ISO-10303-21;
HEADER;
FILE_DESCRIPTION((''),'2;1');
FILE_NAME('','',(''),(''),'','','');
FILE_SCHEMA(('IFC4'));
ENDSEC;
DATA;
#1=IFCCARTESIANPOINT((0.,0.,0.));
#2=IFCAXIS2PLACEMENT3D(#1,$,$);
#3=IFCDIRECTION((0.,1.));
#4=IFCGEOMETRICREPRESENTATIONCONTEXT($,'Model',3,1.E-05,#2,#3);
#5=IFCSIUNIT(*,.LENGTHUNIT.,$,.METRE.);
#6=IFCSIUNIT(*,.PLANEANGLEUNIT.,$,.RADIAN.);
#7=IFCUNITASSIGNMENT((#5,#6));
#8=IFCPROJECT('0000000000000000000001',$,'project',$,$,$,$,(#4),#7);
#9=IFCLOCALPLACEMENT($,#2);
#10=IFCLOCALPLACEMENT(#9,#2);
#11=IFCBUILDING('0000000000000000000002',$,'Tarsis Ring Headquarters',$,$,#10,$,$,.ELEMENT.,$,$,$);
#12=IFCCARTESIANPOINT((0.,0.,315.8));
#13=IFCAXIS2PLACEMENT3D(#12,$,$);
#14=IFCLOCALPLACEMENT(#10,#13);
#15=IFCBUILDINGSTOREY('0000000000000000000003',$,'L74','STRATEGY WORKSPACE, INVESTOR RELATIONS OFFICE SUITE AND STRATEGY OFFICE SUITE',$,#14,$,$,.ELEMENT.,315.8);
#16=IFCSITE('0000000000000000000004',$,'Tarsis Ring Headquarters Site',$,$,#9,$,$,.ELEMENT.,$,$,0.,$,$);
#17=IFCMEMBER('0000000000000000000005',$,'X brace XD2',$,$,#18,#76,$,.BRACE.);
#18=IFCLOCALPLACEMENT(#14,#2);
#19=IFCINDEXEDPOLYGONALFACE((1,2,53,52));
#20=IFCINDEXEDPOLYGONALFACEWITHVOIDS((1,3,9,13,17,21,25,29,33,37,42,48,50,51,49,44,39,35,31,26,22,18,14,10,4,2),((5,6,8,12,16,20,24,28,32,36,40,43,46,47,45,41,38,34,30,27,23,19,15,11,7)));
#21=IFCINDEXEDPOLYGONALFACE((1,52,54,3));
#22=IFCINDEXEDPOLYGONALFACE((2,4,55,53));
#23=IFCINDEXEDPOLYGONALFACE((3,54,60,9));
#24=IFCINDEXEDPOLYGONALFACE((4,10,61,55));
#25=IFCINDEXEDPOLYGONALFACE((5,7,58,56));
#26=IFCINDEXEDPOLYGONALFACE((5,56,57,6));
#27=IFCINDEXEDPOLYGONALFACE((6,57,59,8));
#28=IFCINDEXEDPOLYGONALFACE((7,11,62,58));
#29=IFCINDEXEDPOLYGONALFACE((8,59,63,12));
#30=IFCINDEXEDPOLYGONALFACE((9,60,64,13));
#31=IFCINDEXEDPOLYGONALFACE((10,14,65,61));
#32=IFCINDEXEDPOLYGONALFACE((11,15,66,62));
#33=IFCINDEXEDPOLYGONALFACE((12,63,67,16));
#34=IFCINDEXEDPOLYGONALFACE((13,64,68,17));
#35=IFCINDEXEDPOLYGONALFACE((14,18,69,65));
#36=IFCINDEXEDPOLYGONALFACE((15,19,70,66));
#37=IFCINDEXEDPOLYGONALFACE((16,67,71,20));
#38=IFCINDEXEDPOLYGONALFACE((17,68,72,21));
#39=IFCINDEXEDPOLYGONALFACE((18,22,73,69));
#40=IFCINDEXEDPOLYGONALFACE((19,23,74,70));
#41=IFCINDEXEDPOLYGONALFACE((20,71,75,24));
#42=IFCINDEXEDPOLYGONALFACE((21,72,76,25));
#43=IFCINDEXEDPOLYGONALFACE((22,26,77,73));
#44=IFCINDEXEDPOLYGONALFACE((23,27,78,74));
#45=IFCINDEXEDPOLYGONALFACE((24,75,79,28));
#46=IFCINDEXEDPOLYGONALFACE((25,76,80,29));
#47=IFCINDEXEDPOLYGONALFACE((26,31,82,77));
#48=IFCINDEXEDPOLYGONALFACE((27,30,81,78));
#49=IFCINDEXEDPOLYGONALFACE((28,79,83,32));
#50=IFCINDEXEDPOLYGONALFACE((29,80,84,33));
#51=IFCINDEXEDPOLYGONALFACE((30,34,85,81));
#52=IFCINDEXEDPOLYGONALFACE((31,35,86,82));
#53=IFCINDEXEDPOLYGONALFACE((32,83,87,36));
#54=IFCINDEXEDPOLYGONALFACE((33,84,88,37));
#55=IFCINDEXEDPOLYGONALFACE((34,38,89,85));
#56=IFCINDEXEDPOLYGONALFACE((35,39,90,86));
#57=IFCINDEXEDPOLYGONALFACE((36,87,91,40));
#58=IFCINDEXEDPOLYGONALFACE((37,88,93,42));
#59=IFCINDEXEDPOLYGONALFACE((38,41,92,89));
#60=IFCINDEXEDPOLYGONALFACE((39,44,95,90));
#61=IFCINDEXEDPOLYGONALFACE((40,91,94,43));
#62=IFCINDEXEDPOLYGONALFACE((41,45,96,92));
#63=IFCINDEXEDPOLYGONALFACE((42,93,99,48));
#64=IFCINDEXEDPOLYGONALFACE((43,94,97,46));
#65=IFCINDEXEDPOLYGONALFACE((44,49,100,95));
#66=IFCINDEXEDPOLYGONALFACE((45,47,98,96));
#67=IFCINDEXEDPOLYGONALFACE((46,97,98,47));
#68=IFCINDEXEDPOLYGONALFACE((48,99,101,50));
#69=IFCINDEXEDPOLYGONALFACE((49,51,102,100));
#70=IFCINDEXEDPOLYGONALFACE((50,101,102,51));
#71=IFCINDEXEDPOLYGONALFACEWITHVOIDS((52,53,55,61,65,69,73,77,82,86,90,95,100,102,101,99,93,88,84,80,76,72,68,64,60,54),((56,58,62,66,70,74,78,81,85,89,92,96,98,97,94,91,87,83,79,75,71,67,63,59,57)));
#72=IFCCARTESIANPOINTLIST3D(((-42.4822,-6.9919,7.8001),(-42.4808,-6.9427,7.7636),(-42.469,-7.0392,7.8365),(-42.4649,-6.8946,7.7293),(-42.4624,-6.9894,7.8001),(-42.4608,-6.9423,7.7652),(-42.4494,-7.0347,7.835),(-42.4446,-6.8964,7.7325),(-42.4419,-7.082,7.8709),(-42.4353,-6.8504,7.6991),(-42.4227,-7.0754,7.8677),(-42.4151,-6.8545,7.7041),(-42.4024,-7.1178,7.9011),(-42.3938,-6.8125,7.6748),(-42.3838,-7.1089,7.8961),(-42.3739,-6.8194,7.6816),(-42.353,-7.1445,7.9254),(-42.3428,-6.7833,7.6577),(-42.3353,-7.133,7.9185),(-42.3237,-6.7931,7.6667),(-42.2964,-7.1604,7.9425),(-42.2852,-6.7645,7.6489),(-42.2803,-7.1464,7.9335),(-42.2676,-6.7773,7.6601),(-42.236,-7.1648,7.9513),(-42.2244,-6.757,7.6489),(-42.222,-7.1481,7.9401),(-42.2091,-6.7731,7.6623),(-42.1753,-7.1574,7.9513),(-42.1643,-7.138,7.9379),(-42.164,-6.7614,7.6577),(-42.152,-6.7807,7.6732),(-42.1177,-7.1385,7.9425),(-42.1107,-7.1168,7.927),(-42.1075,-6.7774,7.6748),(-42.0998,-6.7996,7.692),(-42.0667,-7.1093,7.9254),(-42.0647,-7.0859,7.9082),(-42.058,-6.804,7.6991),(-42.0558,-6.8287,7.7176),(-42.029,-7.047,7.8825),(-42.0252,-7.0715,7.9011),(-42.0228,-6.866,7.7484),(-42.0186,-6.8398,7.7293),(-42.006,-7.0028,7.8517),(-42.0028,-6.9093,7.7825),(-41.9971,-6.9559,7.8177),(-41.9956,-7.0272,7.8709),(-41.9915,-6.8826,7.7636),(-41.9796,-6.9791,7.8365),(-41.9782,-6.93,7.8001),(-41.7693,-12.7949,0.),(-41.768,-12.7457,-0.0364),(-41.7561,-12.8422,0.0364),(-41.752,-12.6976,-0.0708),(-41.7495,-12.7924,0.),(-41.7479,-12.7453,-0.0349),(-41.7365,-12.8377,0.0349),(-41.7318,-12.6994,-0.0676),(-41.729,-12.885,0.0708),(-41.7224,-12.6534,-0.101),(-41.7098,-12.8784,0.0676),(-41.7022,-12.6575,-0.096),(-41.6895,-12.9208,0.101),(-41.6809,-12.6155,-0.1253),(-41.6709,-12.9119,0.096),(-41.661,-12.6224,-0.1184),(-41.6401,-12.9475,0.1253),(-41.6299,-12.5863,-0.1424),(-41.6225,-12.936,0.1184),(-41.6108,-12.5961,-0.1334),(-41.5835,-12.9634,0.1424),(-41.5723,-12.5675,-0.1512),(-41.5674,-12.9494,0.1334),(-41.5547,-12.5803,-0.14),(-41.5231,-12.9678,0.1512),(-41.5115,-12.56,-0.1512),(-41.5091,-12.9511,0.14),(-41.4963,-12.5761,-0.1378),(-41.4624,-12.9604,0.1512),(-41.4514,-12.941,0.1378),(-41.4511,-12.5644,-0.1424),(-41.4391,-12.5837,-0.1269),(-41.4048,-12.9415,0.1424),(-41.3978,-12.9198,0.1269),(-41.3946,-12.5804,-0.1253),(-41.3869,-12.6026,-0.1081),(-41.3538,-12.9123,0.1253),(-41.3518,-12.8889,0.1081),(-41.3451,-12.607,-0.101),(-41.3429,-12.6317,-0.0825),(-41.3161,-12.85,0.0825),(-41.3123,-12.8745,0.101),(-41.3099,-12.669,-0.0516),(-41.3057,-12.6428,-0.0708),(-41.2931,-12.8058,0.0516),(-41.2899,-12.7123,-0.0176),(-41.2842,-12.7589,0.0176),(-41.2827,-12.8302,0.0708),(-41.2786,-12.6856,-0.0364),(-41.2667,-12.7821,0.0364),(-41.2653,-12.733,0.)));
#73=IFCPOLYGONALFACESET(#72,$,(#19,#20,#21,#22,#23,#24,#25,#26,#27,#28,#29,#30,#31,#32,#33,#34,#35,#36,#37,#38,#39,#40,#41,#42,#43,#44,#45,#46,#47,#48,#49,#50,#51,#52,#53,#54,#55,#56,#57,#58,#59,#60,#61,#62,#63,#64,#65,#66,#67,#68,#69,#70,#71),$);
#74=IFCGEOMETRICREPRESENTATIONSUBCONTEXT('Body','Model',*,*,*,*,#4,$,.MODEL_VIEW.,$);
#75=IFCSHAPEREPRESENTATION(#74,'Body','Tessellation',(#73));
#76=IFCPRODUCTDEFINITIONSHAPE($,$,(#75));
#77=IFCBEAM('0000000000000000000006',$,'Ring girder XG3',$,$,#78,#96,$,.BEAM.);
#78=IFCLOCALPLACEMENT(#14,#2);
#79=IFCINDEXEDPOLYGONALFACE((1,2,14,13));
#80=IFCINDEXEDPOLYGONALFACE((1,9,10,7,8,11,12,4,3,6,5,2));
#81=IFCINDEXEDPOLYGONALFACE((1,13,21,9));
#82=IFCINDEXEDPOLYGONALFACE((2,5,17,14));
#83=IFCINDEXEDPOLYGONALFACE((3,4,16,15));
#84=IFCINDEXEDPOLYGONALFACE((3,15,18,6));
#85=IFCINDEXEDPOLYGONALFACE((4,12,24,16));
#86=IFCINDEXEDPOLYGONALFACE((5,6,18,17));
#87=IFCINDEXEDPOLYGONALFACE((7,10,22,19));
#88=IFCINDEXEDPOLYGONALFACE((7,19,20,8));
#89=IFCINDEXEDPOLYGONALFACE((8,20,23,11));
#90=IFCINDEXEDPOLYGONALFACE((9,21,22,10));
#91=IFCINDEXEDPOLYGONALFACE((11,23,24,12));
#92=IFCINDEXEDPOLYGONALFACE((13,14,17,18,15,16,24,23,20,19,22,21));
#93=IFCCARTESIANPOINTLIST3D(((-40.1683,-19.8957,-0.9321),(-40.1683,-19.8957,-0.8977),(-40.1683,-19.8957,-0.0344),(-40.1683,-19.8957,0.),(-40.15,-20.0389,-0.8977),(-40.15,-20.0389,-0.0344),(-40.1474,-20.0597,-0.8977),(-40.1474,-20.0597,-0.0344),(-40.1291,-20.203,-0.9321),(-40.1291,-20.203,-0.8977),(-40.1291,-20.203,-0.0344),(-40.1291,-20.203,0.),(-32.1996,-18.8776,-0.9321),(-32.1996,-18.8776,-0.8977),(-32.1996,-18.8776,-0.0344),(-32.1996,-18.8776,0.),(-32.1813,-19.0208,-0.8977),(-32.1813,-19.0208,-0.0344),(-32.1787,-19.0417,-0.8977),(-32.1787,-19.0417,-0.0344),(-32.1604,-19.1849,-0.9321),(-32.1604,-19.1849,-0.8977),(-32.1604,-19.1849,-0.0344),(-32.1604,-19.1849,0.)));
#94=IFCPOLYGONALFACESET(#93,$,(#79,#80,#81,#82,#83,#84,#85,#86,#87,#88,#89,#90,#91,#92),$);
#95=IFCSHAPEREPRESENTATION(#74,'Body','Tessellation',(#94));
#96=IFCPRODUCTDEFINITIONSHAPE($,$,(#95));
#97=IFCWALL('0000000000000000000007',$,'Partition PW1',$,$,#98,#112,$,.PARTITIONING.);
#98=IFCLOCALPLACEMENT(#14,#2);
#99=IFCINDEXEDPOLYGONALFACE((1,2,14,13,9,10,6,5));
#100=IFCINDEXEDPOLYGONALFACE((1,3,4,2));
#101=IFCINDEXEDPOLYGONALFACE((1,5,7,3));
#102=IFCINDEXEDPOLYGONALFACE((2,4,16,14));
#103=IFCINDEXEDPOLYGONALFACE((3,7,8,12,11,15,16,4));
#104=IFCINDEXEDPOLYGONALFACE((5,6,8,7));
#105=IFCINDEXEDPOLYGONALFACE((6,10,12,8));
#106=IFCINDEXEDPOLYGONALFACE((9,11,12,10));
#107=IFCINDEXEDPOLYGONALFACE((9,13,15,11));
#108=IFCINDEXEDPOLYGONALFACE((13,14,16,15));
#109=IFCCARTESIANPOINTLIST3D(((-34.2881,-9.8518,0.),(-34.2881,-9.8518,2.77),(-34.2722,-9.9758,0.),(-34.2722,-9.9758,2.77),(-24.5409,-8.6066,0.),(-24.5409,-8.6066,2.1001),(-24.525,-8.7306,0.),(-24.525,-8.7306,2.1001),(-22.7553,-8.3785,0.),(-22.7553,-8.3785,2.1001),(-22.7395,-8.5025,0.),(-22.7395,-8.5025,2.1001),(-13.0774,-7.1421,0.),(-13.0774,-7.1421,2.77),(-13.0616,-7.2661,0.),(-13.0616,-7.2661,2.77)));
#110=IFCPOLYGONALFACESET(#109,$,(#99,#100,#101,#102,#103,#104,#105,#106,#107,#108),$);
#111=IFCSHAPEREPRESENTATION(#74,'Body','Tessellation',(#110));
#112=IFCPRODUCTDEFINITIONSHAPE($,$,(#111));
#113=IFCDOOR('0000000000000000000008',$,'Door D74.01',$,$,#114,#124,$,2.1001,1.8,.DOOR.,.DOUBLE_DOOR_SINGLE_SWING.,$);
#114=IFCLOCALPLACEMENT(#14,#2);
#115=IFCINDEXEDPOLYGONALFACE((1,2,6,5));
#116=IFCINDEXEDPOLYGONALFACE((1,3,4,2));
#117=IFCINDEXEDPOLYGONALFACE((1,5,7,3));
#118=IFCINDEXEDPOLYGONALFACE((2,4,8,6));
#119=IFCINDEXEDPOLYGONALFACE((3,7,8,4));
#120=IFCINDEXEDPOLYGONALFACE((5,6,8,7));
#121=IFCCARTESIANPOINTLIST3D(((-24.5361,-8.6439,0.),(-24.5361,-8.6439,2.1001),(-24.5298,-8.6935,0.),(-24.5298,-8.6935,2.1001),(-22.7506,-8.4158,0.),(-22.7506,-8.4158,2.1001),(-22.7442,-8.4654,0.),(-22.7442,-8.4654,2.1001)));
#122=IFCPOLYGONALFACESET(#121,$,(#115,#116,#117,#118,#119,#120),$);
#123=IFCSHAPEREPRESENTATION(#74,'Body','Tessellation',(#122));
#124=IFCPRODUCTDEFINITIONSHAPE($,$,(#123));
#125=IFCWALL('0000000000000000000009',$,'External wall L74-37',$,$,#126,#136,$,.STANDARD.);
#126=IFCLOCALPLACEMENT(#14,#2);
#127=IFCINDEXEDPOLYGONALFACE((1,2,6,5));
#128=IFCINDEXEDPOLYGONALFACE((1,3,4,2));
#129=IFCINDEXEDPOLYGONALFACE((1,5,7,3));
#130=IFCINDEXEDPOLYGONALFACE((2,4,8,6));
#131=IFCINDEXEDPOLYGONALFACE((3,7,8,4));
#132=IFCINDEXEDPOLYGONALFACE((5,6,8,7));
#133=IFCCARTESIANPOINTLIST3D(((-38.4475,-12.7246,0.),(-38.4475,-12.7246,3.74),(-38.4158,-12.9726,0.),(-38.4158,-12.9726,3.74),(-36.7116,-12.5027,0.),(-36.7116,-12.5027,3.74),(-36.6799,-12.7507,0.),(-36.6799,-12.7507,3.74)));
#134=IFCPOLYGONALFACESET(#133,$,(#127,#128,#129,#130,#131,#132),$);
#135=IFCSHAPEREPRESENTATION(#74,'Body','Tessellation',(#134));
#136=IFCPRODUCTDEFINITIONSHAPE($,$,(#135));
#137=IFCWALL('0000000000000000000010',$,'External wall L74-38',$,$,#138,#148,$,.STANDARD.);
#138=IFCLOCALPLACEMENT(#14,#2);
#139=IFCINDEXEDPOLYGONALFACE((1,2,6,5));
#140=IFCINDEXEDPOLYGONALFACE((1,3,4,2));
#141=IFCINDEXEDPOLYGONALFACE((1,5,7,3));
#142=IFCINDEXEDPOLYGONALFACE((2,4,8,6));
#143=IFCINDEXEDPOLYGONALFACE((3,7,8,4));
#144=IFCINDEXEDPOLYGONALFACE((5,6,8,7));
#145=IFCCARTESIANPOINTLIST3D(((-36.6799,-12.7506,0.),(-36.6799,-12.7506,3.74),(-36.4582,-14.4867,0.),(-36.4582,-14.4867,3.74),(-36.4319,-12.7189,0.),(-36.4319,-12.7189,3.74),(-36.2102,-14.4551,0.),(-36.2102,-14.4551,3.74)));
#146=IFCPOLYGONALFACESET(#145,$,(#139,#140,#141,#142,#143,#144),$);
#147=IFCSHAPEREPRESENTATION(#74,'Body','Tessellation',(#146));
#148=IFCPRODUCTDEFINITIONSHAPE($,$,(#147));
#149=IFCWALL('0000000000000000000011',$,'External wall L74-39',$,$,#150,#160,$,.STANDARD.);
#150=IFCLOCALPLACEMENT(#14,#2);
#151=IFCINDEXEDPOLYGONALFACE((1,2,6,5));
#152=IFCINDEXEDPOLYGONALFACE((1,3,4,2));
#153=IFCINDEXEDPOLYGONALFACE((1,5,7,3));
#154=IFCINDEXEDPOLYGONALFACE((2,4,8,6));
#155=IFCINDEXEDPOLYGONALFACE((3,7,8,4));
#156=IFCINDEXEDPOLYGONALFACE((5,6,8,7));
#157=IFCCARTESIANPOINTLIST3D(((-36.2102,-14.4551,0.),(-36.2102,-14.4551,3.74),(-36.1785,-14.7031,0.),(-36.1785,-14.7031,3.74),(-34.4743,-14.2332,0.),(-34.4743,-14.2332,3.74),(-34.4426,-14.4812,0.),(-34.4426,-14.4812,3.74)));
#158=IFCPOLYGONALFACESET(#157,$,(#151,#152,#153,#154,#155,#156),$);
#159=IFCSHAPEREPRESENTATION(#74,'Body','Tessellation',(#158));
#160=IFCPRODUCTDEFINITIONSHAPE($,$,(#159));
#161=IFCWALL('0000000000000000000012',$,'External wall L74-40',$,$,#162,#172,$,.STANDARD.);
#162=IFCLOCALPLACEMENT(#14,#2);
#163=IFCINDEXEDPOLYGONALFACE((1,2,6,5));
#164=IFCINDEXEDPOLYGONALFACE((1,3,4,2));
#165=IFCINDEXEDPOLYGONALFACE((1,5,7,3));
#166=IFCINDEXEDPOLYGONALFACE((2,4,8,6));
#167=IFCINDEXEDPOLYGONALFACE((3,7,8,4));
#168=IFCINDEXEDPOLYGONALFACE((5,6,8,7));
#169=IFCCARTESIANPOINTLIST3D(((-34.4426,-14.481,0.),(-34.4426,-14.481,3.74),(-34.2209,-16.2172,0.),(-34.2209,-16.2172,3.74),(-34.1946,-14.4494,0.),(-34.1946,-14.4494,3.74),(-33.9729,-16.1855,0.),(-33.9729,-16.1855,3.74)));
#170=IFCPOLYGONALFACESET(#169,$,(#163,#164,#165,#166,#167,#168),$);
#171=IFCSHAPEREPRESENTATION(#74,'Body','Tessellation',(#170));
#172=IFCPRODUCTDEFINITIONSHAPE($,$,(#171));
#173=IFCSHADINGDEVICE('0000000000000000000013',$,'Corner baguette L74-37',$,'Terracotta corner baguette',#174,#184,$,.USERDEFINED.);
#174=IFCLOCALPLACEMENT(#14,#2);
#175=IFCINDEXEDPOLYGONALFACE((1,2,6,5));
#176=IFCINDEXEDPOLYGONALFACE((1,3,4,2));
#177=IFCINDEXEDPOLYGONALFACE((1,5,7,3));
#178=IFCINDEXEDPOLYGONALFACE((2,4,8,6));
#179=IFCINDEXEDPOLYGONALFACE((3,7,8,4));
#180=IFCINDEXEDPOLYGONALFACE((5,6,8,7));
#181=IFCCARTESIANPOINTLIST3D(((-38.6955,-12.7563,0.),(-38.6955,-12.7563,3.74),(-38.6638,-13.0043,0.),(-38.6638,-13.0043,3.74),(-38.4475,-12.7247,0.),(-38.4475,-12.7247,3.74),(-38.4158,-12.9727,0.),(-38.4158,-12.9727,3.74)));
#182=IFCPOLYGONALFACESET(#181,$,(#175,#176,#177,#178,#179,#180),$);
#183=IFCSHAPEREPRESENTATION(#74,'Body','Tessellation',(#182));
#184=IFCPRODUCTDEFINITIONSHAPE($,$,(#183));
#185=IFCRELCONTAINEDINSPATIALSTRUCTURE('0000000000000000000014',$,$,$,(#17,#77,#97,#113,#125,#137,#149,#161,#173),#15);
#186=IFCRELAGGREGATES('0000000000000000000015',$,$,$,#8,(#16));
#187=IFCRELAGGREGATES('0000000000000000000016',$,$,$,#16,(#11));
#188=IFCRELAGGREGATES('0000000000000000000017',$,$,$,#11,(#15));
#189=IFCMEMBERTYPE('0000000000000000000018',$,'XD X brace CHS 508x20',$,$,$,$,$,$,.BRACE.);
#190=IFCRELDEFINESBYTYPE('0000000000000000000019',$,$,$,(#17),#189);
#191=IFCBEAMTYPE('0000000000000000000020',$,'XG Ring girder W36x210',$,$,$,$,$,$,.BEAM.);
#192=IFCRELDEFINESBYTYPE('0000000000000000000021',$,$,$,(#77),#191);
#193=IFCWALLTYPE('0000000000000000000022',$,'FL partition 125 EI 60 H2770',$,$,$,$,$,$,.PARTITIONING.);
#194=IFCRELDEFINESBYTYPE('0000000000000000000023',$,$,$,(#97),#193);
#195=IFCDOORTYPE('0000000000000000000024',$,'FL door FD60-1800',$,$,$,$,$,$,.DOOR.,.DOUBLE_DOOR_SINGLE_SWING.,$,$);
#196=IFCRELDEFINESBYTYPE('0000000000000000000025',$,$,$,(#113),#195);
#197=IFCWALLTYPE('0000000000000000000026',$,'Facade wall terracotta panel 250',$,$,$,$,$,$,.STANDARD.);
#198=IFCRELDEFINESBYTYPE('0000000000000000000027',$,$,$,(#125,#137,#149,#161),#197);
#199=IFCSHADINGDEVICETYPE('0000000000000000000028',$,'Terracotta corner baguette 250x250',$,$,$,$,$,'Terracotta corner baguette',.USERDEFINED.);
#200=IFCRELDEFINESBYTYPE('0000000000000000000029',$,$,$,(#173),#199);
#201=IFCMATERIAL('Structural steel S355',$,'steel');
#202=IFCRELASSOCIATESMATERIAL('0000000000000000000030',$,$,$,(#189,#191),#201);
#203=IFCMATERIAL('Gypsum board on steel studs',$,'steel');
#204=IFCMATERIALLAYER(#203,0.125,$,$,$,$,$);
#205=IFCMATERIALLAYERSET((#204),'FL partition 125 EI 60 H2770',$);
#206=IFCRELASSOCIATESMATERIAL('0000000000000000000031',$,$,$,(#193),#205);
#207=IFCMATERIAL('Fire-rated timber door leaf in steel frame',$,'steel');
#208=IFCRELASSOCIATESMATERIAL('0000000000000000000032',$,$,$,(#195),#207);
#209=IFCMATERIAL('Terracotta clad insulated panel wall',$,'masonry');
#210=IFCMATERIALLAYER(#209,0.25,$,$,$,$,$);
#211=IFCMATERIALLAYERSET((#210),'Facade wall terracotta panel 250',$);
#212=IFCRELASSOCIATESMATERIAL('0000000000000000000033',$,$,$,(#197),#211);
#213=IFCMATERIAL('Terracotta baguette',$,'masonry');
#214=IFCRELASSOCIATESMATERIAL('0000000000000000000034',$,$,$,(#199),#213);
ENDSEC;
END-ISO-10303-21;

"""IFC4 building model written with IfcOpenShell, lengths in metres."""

from ifc_helpers import new_model, si_unit, direction, frame, frame_2d, origin, origin_2d, place, context, subcontext, project, spatial, rectangle, hollow_circle, i_section, extrude, material, layer, layer_set, material_profile, profile_set, type_object, element, fill, save


model = new_model("IFC4")

# Units and contexts
model_context = context("Model", 3, precision=1e-05, world=origin(), true_north=direction((0.0, 1.0)))
body_context = subcontext(model_context, "Body", "Model", "MODEL_VIEW")
ifc_project = project(units=[si_unit("LENGTHUNIT", "METRE"), si_unit("PLANEANGLEUNIT", "RADIAN")], contexts=[model_context])

# Site, building, storey
site_placement = place(None, origin())
site = spatial("IfcSite", under=ifc_project, at=site_placement, Name="Tarsis Ring Headquarters Site", CompositionType="ELEMENT", RefElevation=0.0)
building_placement = place(site_placement, origin())
building = spatial("IfcBuilding", under=site, at=building_placement, Name="Tarsis Ring Headquarters", CompositionType="ELEMENT")
storey_placement = place(building_placement, frame((0.0, 0.0, 315.8)))
storey = spatial("IfcBuildingStorey", under=building, at=storey_placement, Name="L74", Description="STRATEGY WORKSPACE, INVESTOR RELATIONS OFFICE SUITE AND STRATEGY OFFICE SUITE", CompositionType="ELEMENT", Elevation=315.8)

# Shared definitions
ifc_material_1 = material(Name="Structural steel S355", Category="steel")

# Member
ifc_material_profile_1 = material_profile(ifc_material_1, hollow_circle(Radius=0.2539, WallThickness=0.02, at=origin_2d()), Name="CHS 508x20")
ifc_profile_set_1 = profile_set([ifc_material_profile_1], Name="Structural steel S355")
member_type = type_object("IfcMemberType", Name="XD X brace CHS 508x20", PredefinedType="BRACE", material=ifc_profile_set_1)
member_1_placement = place(storey_placement, frame((-41.5173, -12.7639, 0.0), z_axis=(-0.073132, 0.595299, 0.800169), x_axis=(-0.992538, -0.121932, 0.0)))
element("IfcMember", 1, at=member_1_placement, inside=storey, type_object=member_type, Name="X brace XD2", PredefinedType="BRACE", context=body_context, shape_type="SweptSolid", body=[
    extrude(hollow_circle(Radius=0.2539, WallThickness=0.02, at=origin_2d()), origin(), (0.0, 0.0, 1.0), 9.748),
])

# Beam
ifc_material_profile_2 = material_profile(ifc_material_1, i_section(OverallWidth=0.3098, OverallDepth=0.9321, WebThickness=0.021, FlangeThickness=0.0344, at=origin_2d()), Name="W36x210")
ifc_profile_set_2 = profile_set([ifc_material_profile_2], Name="Structural steel S355")
beam_type = type_object("IfcBeamType", Name="XG Ring girder W36x210", PredefinedType="BEAM", material=ifc_profile_set_2)
beam_placement = place(storey_placement, frame((-40.1487, -20.0493, -0.4661), z_axis=(0.991938, 0.126727, 0.0), x_axis=(-0.126727, 0.991938, 0.0)))
element("IfcBeam", 2, at=beam_placement, inside=storey, type_object=beam_type, Name="Ring girder XG3", PredefinedType="BEAM", context=body_context, shape_type="SweptSolid", body=[
    extrude(i_section(OverallWidth=0.3098, OverallDepth=0.9321, WebThickness=0.021, FlangeThickness=0.0344, at=origin_2d()), origin(), (0.0, 0.0, 1.0), 8.0334),
])

# Wall, opening, door
ifc_material_2 = material(Name="Gypsum board on steel studs", Category="steel")
ifc_layer_1 = layer(ifc_material_2, 0.125)
ifc_layer_set_1 = layer_set([ifc_layer_1], Name="FL partition 125 EI 60 H2770")
wall_type_1 = type_object("IfcWallType", Name="FL partition 125 EI 60 H2770", PredefinedType="PARTITIONING", material=ifc_layer_set_1)
wall_1_placement = place(storey_placement, frame((-34.28, -9.9138, 0.0), z_axis=(0.0, 0.0, 1.0), x_axis=(0.991938, 0.126722, 0.0)))
wall_1 = element("IfcWall", 3, at=wall_1_placement, inside=storey, type_object=wall_type_1, Name="Partition PW1", PredefinedType="PARTITIONING", context=body_context, shape_type="SweptSolid", body=[
    extrude(rectangle(XDim=21.3831, YDim=0.125, at=frame_2d((10.6914, 0.0))), origin(), (0.0, 0.0, 1.0), 2.77),
])
opening_placement = place(wall_1_placement, frame((9.8264, 0.0, 0.0)))
opening = element("IfcOpeningElement", 4, at=opening_placement, cuts=wall_1, PredefinedType="OPENING", context=body_context, shape_type="SweptSolid", body=[
    extrude(rectangle(XDim=1.8, YDim=2.1001, at=frame_2d((0.8999, 1.05))), frame((0.0, 0.0725, 0.0), z_axis=(0.0, -1.0, 0.0), x_axis=(1.0, 0.0, 0.0)), (0.0, 0.0, 1.0), 0.145),
])
ifc_material_3 = material(Name="Fire-rated timber door leaf in steel frame", Category="steel")
door_type = type_object("IfcDoorType", Name="FL door FD60-1800", OperationType="DOUBLE_DOOR_SINGLE_SWING", PredefinedType="DOOR", material=ifc_material_3)
door_placement = place(opening_placement, origin())
door = element("IfcDoor", 5, at=door_placement, inside=storey, type_object=door_type, Name="Door D74.01", OperationType="DOUBLE_DOOR_SINGLE_SWING", OverallHeight=2.1001, OverallWidth=1.8, PredefinedType="DOOR", context=body_context, shape_type="SweptSolid", body=[
    extrude(rectangle(XDim=1.8, YDim=2.1001, at=frame_2d((0.8999, 1.05))), frame((0.0, 0.0249, 0.0), z_axis=(0.0, -1.0, 0.0), x_axis=(1.0, 0.0, 0.0)), (0.0, 0.0, 1.0), 0.05),
])
fill(opening, door)

# Walls
ifc_material_4 = material(Name="Terracotta clad insulated panel wall", Category="masonry")
ifc_layer_2 = layer(ifc_material_4, 0.25)
ifc_layer_set_2 = layer_set([ifc_layer_2], Name="Facade wall terracotta panel 250")
wall_type_2 = type_object("IfcWallType", Name="Facade wall terracotta panel 250", PredefinedType="STANDARD", material=ifc_layer_set_2)
wall_2_placement = place(storey_placement, frame((-38.4316, -12.8486, 0.0), z_axis=(0.0, 0.0, 1.0), x_axis=(0.991926, 0.126816, 0.0)))
element("IfcWall", 6, at=wall_2_placement, inside=storey, type_object=wall_type_2, Name="External wall L74-37", PredefinedType="STANDARD", context=body_context, shape_type="SweptSolid", body=[
    extrude(rectangle(XDim=1.75, YDim=0.25, at=frame_2d((0.875, 0.0))), origin(), (0.0, 0.0, 1.0), 3.74),
])
wall_3_placement = place(storey_placement, frame((-36.5559, -12.7349, 0.0), z_axis=(0.0, 0.0, 1.0), x_axis=(0.126661, -0.991946, 0.0)))
element("IfcWall", 7, at=wall_3_placement, inside=storey, type_object=wall_type_2, Name="External wall L74-38", PredefinedType="STANDARD", context=body_context, shape_type="SweptSolid", body=[
    extrude(rectangle(XDim=1.7502, YDim=0.25, at=frame_2d((0.875, 0.0))), origin(), (0.0, 0.0, 1.0), 3.74),
])
wall_4_placement = place(storey_placement, frame((-36.1943, -14.5791, 0.0), z_axis=(0.0, 0.0, 1.0), x_axis=(0.991926, 0.126816, 0.0)))
element("IfcWall", 8, at=wall_4_placement, inside=storey, type_object=wall_type_2, Name="External wall L74-39", PredefinedType="STANDARD", context=body_context, shape_type="SweptSolid", body=[
    extrude(rectangle(XDim=1.75, YDim=0.25, at=frame_2d((0.875, 0.0))), origin(), (0.0, 0.0, 1.0), 3.74),
])
wall_5_placement = place(storey_placement, frame((-34.3186, -14.4653, 0.0), z_axis=(0.0, 0.0, 1.0), x_axis=(0.126661, -0.991946, 0.0)))
element("IfcWall", 9, at=wall_5_placement, inside=storey, type_object=wall_type_2, Name="External wall L74-40", PredefinedType="STANDARD", context=body_context, shape_type="SweptSolid", body=[
    extrude(rectangle(XDim=1.7502, YDim=0.25, at=frame_2d((0.875, 0.0))), origin(), (0.0, 0.0, 1.0), 3.74),
])

# Shading device
ifc_material_5 = material(Name="Terracotta baguette", Category="masonry")
shading_device_type_1 = type_object("IfcShadingDeviceType", Name="Terracotta corner baguette 250x250", ElementType="Terracotta corner baguette", PredefinedType="USERDEFINED", material=ifc_material_5)
for number, where, z_axis, x_axis, name in (
    (10, (-38.5557, -12.8645, 0.0), (0.0, 0.0, 1.0), (0.126718, -0.991939, 0.0), "Corner baguette L74-37"),
):
    element("IfcShadingDevice", number, at=place(storey_placement, frame(where, z_axis=z_axis, x_axis=x_axis)), inside=storey, type_object=shading_device_type_1, Name=name, ObjectType="Terracotta corner baguette", PredefinedType="USERDEFINED", context=body_context, shape_type="SweptSolid", body=[
        extrude(rectangle(XDim=0.25, YDim=0.25, at=origin_2d()), origin(), (0.0, 0.0, 1.0), 3.74),
    ])

save(model, "model.ifc")
